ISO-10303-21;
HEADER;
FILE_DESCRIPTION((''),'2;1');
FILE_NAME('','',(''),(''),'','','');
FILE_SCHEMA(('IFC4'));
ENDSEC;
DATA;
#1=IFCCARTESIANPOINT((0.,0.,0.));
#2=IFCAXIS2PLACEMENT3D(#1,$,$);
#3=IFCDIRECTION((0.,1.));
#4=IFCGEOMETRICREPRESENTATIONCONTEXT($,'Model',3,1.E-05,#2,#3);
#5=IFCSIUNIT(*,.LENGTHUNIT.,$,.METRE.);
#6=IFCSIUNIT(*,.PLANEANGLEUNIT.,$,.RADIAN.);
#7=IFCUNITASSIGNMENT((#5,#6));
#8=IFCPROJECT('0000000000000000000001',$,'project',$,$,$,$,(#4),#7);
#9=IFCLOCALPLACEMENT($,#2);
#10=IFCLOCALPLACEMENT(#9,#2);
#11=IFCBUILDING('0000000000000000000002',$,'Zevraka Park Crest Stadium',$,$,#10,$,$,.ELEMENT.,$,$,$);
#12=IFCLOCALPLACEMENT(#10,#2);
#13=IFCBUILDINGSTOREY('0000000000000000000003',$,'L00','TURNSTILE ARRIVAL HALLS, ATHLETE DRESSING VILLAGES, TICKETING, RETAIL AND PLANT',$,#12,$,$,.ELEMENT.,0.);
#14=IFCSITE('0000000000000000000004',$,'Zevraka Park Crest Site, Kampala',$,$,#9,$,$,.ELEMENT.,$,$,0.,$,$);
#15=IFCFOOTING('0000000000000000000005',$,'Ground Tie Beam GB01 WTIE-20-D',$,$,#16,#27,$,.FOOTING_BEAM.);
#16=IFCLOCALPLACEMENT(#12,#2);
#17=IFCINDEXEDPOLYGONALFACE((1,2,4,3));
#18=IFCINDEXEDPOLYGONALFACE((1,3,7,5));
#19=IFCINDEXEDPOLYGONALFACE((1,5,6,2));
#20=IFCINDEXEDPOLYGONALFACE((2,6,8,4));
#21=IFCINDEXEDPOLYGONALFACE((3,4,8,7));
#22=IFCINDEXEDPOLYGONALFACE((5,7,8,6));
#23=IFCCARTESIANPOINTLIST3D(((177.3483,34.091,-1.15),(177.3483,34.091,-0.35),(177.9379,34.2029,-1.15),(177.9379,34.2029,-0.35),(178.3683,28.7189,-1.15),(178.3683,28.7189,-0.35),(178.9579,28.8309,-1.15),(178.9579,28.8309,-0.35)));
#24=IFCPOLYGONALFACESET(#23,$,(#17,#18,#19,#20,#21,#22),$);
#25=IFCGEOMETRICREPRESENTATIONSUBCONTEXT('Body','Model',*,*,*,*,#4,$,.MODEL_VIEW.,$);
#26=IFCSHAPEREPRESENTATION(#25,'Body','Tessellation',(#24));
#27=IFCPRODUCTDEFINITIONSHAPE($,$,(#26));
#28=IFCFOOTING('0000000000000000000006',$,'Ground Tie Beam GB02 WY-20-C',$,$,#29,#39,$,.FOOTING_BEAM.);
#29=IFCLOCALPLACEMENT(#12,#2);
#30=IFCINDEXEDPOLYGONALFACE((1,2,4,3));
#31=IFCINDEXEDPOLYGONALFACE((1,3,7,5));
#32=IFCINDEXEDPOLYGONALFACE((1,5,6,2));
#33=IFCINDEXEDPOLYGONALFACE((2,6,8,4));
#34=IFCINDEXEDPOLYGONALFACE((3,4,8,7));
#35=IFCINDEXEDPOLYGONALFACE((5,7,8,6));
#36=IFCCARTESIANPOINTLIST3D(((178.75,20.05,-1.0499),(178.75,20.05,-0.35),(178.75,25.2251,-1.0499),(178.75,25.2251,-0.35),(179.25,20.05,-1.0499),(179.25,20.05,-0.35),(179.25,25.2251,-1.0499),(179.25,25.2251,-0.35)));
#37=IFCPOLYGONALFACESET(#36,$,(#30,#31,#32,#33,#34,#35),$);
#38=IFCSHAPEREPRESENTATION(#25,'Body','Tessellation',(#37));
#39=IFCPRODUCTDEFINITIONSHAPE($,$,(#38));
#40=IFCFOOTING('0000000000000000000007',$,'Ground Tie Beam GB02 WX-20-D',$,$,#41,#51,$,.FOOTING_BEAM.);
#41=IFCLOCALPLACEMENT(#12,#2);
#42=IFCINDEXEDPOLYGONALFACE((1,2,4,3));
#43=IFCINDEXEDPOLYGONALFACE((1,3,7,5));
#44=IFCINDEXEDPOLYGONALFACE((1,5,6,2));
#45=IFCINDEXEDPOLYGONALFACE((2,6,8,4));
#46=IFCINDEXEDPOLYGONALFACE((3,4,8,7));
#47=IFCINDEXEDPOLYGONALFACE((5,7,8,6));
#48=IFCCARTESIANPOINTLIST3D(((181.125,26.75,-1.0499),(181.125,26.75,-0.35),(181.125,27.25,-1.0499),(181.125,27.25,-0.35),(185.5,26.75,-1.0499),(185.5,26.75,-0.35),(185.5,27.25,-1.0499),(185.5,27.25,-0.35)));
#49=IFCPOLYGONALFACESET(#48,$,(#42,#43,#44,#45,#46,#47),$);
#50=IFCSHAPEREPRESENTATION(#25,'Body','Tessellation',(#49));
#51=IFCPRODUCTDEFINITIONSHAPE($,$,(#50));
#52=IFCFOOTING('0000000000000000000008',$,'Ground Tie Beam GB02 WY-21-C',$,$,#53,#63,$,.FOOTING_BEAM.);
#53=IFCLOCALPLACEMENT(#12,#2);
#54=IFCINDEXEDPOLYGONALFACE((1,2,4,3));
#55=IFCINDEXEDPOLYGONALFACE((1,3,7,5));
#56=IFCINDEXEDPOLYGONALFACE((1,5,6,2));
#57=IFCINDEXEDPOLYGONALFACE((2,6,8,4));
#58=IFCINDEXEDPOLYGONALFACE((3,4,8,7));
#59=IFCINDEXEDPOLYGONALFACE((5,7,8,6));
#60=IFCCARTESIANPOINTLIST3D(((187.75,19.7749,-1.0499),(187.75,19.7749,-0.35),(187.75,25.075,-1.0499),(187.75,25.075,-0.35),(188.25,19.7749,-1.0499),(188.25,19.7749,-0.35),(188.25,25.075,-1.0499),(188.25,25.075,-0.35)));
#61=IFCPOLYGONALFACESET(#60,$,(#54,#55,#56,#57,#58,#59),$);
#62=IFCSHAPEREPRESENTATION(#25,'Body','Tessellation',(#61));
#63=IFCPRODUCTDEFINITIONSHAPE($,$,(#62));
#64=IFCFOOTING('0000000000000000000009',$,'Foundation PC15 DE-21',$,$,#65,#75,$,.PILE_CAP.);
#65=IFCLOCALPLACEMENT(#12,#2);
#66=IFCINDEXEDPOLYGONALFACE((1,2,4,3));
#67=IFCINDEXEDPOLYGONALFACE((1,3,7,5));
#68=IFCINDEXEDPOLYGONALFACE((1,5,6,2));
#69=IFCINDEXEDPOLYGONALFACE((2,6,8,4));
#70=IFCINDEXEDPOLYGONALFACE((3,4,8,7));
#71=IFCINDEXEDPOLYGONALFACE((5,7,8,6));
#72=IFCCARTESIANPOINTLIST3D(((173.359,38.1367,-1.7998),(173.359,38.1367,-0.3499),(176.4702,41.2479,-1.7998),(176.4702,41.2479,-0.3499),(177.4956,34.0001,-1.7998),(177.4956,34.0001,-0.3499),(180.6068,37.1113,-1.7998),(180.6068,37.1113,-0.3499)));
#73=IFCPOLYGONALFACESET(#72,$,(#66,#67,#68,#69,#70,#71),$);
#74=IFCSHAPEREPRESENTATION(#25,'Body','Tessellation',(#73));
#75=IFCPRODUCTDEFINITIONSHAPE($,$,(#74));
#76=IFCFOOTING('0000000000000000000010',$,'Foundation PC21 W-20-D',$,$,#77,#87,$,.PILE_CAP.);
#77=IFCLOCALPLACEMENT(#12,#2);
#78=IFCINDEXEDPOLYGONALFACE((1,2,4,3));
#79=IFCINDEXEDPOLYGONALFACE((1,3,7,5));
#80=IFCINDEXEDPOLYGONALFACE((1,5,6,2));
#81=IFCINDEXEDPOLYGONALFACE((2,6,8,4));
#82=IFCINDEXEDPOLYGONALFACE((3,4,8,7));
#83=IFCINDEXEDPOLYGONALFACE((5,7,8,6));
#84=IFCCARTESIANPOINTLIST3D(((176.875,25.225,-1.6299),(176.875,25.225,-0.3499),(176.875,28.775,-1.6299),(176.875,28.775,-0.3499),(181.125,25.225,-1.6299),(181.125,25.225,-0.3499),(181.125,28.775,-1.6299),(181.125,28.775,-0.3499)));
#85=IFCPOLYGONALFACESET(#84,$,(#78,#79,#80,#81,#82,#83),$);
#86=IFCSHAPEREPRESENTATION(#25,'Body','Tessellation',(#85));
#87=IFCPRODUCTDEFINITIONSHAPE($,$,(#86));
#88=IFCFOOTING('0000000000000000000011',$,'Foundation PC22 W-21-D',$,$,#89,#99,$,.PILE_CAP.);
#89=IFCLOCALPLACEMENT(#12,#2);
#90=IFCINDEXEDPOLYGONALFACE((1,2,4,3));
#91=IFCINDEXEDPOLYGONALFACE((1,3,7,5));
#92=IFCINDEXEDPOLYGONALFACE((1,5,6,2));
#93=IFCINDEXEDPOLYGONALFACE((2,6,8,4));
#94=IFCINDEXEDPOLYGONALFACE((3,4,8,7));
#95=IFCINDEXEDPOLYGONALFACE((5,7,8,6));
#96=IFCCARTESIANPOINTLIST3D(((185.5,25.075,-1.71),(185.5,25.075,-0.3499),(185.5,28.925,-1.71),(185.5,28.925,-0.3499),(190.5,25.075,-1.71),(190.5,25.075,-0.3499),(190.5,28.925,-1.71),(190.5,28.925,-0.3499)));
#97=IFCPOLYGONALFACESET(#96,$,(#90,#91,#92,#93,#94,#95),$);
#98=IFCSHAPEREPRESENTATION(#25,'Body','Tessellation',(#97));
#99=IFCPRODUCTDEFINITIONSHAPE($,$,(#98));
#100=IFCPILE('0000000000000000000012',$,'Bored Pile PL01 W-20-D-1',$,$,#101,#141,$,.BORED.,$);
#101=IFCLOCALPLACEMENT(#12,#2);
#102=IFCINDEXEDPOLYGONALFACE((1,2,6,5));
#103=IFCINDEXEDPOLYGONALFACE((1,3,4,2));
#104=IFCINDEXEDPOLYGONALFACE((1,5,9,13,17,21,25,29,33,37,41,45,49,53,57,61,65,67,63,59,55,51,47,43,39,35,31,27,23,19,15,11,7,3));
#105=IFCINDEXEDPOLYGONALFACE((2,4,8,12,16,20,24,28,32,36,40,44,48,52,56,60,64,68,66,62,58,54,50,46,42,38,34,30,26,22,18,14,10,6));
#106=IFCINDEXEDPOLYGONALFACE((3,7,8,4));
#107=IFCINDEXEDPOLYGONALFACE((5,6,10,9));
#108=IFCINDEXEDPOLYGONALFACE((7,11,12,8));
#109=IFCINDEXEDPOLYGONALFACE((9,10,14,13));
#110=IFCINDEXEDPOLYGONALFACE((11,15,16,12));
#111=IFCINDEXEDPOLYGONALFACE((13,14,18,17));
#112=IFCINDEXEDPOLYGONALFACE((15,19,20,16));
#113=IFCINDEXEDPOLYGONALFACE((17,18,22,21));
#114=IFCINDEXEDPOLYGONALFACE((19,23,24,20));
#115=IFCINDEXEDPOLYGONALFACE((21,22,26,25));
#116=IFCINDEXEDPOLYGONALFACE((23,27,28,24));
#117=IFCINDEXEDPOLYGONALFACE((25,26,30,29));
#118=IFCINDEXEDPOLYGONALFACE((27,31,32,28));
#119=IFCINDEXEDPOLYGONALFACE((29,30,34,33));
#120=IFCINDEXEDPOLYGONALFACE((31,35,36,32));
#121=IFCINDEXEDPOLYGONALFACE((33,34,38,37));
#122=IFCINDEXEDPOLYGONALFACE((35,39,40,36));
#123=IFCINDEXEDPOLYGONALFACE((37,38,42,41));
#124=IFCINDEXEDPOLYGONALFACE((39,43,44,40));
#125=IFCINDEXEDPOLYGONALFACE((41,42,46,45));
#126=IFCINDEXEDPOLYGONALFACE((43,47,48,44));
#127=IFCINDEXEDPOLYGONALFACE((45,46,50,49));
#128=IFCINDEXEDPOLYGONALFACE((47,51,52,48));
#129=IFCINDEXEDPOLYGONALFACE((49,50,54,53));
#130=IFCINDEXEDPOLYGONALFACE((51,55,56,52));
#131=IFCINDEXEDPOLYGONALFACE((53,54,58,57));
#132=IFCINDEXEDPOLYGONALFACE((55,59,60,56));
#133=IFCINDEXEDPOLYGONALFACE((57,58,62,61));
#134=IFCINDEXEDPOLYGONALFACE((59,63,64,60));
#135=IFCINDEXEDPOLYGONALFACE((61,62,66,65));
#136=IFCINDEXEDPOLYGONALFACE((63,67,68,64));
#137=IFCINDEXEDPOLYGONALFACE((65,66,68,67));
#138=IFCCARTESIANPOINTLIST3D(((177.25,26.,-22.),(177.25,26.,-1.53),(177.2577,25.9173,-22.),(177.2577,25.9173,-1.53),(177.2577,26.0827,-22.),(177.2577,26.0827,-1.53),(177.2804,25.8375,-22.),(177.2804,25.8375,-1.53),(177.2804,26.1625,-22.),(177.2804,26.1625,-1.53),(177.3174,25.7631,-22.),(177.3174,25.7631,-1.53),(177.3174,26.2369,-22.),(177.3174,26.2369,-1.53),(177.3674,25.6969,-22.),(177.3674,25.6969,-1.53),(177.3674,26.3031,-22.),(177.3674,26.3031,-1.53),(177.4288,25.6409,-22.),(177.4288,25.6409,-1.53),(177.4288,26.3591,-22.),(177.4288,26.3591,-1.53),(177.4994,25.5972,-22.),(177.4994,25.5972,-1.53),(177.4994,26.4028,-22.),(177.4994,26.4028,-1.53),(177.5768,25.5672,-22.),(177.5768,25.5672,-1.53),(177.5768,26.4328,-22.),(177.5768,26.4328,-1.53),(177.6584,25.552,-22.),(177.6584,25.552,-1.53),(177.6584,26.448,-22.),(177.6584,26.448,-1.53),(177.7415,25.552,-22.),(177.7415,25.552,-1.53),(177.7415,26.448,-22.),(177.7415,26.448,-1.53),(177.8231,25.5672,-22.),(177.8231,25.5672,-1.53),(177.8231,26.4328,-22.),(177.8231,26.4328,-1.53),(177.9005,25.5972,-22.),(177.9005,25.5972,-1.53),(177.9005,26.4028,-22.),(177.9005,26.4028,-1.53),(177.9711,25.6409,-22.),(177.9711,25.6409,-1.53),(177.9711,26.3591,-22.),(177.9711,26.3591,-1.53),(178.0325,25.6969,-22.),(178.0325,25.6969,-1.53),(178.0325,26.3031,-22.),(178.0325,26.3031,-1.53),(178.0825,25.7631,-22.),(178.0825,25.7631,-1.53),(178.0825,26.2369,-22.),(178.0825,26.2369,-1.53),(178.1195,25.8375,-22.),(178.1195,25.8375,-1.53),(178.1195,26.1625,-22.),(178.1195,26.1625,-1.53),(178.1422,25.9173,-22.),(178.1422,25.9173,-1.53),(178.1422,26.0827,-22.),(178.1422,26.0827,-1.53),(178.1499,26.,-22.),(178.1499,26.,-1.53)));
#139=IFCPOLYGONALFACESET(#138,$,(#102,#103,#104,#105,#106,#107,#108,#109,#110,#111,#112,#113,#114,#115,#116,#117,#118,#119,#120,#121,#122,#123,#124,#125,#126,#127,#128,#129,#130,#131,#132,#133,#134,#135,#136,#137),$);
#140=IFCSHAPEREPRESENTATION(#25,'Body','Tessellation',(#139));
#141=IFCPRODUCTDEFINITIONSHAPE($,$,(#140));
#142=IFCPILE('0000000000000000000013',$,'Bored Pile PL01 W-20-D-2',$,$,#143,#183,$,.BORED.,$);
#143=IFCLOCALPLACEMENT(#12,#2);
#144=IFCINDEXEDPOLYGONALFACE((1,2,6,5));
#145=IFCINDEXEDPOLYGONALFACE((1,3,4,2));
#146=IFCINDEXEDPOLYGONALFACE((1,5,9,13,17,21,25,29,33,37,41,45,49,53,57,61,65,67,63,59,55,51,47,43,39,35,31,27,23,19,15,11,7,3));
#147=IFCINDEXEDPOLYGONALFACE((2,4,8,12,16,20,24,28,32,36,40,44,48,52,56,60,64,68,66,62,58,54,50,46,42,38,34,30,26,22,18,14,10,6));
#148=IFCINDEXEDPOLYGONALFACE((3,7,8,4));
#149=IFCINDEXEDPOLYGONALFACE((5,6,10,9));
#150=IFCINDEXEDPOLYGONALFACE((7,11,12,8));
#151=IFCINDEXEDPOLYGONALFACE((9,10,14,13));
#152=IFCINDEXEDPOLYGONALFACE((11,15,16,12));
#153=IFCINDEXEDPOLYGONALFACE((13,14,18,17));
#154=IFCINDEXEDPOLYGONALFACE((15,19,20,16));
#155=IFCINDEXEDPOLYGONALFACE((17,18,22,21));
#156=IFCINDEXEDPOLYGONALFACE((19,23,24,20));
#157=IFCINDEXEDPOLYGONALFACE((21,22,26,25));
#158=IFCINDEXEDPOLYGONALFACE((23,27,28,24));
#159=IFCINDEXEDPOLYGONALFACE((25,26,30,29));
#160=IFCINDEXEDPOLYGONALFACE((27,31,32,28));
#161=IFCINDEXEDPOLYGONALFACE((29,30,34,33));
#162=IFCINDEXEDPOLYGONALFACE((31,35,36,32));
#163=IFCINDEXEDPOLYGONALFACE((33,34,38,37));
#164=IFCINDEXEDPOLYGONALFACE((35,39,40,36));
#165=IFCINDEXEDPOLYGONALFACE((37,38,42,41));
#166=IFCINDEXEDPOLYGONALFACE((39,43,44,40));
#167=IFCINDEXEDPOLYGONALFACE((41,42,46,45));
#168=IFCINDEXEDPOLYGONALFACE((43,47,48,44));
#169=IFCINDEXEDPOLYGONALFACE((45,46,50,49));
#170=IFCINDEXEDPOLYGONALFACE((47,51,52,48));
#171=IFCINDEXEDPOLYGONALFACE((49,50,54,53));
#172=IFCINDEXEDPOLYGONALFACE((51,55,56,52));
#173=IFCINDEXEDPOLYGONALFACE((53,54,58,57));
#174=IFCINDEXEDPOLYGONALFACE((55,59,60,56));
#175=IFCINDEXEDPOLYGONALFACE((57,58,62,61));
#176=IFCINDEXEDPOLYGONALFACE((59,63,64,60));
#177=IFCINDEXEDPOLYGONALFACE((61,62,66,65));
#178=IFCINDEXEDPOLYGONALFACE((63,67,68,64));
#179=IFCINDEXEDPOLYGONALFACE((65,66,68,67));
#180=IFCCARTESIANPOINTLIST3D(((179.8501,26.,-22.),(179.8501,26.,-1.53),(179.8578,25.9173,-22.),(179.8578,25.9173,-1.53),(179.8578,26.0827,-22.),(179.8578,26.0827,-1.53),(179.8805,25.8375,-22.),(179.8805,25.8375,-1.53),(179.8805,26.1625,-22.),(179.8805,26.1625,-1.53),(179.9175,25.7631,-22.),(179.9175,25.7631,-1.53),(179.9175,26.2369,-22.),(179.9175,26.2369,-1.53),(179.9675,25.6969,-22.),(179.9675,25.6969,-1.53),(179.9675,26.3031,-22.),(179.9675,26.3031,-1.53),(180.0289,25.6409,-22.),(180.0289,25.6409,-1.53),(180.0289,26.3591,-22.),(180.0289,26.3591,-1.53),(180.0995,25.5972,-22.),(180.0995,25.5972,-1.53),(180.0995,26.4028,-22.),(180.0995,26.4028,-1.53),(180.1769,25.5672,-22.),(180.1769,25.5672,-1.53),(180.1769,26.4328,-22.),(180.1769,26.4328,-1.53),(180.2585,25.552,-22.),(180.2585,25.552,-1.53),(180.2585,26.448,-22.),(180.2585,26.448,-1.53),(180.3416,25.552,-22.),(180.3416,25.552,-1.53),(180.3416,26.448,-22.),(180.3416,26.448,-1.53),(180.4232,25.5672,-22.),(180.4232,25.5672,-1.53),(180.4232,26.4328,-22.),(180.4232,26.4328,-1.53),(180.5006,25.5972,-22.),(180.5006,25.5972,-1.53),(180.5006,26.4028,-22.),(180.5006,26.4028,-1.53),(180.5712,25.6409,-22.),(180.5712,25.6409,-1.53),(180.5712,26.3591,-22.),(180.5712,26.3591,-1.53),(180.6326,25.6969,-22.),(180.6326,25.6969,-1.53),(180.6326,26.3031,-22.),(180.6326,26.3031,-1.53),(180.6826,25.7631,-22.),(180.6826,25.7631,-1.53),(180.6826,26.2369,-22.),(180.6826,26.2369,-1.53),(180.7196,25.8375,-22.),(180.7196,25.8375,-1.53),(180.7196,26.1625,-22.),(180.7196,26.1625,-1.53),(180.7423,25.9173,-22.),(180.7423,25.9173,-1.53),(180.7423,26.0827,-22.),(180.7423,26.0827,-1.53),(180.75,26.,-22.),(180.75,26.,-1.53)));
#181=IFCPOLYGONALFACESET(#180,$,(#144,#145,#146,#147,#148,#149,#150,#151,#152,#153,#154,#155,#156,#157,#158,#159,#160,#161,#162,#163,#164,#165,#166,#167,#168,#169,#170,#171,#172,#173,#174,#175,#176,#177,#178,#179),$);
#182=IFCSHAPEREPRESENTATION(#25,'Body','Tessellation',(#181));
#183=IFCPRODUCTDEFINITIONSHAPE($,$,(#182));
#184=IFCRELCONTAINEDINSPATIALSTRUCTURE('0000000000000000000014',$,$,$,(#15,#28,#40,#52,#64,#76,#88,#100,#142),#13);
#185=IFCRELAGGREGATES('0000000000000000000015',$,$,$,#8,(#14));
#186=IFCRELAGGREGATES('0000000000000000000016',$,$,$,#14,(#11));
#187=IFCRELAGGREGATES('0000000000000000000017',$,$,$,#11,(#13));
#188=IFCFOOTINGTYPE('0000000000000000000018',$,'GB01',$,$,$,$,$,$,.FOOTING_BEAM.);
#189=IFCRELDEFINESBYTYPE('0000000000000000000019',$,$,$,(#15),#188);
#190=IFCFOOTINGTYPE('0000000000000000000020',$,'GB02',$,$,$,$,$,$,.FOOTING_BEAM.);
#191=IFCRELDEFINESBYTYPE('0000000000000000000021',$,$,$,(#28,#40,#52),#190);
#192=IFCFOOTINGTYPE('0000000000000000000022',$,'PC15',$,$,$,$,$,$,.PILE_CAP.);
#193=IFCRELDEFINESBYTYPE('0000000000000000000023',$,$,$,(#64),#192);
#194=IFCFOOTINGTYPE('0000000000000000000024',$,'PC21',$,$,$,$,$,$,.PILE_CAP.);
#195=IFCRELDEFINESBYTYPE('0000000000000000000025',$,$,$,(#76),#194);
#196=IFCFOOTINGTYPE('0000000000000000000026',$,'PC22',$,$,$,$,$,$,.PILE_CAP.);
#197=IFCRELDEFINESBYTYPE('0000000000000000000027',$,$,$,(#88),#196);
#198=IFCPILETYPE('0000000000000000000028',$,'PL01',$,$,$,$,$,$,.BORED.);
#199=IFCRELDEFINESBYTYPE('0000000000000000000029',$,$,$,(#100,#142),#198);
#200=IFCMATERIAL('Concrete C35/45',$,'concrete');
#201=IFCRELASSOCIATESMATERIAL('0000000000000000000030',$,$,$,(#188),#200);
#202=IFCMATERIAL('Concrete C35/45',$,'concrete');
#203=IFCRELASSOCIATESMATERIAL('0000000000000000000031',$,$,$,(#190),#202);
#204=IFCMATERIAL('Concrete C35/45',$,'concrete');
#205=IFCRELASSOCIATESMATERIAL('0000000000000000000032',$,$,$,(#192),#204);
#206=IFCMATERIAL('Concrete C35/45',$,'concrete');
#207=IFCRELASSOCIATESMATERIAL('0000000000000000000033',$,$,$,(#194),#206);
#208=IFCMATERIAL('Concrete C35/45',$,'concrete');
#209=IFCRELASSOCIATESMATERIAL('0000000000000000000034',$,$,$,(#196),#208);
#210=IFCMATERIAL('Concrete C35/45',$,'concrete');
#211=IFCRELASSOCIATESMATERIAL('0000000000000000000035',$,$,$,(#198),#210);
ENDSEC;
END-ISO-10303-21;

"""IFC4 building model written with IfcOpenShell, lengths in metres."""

from ifc_helpers import new_model, si_unit, direction, frame, origin, origin_2d, place, context, subcontext, project, spatial, rectangle, circle, extrude, material, material_profile, profile_set, type_object, element, save


model = new_model("IFC4")

# Units and contexts
model_context = context("Model", 3, precision=1e-05, world=origin(), true_north=direction((0.0, 1.0)))
body_context = subcontext(model_context, "Body", "Model", "MODEL_VIEW")
ifc_project = project(units=[si_unit("LENGTHUNIT", "METRE"), si_unit("PLANEANGLEUNIT", "RADIAN")], contexts=[model_context])

# Site, building, storey
site_placement = place(None, origin())
site = spatial("IfcSite", under=ifc_project, at=site_placement, Name="Zevraka Park Crest Site, Kampala", CompositionType="ELEMENT", RefElevation=0.0)
building_placement = place(site_placement, origin())
building = spatial("IfcBuilding", under=site, at=building_placement, Name="Zevraka Park Crest Stadium", CompositionType="ELEMENT")
storey_placement = place(building_placement, origin())
storey = spatial("IfcBuildingStorey", under=building, at=storey_placement, Name="L00", Description="TURNSTILE ARRIVAL HALLS, ATHLETE DRESSING VILLAGES, TICKETING, RETAIL AND PLANT", CompositionType="ELEMENT", Elevation=0.0)

# Footings
ifc_material_1 = material(Name="Concrete C35/45", Category="concrete")
ifc_material_profile_1 = material_profile(ifc_material_1, rectangle(XDim=0.6001, YDim=0.8, at=origin_2d()), Name="GB 800x600")
ifc_profile_set_1 = profile_set([ifc_material_profile_1], Name="Concrete C35/45")
footing_type_1 = type_object("IfcFootingType", Name="GB01", PredefinedType="FOOTING_BEAM", material=ifc_profile_set_1)
footing_1_placement = place(storey_placement, frame((178.6631, 28.7749, -0.75), z_axis=(-0.186542, 0.982447, 0.0), x_axis=(-0.982447, -0.186542, 0.0)))
element("IfcFooting", 1, at=footing_1_placement, inside=storey, type_object=footing_type_1, Name="Ground Tie Beam GB01 WTIE-20-D", PredefinedType="FOOTING_BEAM", context=body_context, shape_type="SweptSolid", body=[
    extrude(rectangle(XDim=0.6001, YDim=0.8, at=origin_2d()), origin(), (0.0, 0.0, 1.0), 5.468),
])
ifc_material_2 = material(Name="Concrete C35/45", Category="concrete")
ifc_material_profile_2 = material_profile(ifc_material_2, rectangle(XDim=0.5, YDim=0.7, at=origin_2d()), Name="GB 700x500")
ifc_profile_set_2 = profile_set([ifc_material_profile_2], Name="Concrete C35/45")
footing_type_2 = type_object("IfcFootingType", Name="GB02", PredefinedType="FOOTING_BEAM", material=ifc_profile_set_2)
footing_2_placement = place(storey_placement, frame((179.0, 20.05, -0.7), z_axis=(0.0, 1.0, 0.0), x_axis=(-1.0, 0.0, 0.0)))
element("IfcFooting", 2, at=footing_2_placement, inside=storey, type_object=footing_type_2, Name="Ground Tie Beam GB02 WY-20-C", PredefinedType="FOOTING_BEAM", context=body_context, shape_type="SweptSolid", body=[
    extrude(rectangle(XDim=0.5, YDim=0.7, at=origin_2d()), origin(), (0.0, 0.0, 1.0), 5.175),
])
footing_3_placement = place(storey_placement, frame((181.125, 27.0, -0.7), z_axis=(1.0, 0.0, 0.0), x_axis=(0.0, 1.0, 0.0)))
element("IfcFooting", 3, at=footing_3_placement, inside=storey, type_object=footing_type_2, Name="Ground Tie Beam GB02 WX-20-D", PredefinedType="FOOTING_BEAM", context=body_context, shape_type="SweptSolid", body=[
    extrude(rectangle(XDim=0.5, YDim=0.7, at=origin_2d()), origin(), (0.0, 0.0, 1.0), 4.375),
])
footing_4_placement = place(storey_placement, frame((188.0, 19.7749, -0.7), z_axis=(0.0, 1.0, 0.0), x_axis=(-1.0, 0.0, 0.0)))
element("IfcFooting", 4, at=footing_4_placement, inside=storey, type_object=footing_type_2, Name="Ground Tie Beam GB02 WY-21-C", PredefinedType="FOOTING_BEAM", context=body_context, shape_type="SweptSolid", body=[
    extrude(rectangle(XDim=0.5, YDim=0.7, at=origin_2d()), origin(), (0.0, 0.0, 1.0), 5.3),
])
ifc_material_3 = material(Name="Concrete C35/45", Category="concrete")
footing_type_3 = type_object("IfcFootingType", Name="PC15", PredefinedType="PILE_CAP", material=ifc_material_3)
footing_5_placement = place(storey_placement, frame((176.9829, 37.624, -1.7998), z_axis=(0.0, 0.0, 1.0), x_axis=(-0.707107, 0.707107, 0.0)))
element("IfcFooting", 5, at=footing_5_placement, inside=storey, type_object=footing_type_3, Name="Foundation PC15 DE-21", PredefinedType="PILE_CAP", context=body_context, shape_type="SweptSolid", body=[
    extrude(rectangle(XDim=5.8501, YDim=4.3999, at=origin_2d()), origin(), (0.0, 0.0, 1.0), 1.45),
])
ifc_material_4 = material(Name="Concrete C35/45", Category="concrete")
footing_type_4 = type_object("IfcFootingType", Name="PC21", PredefinedType="PILE_CAP", material=ifc_material_4)
footing_6_placement = place(storey_placement, frame((179.0, 27.0, -1.6299), z_axis=(0.0, 0.0, 1.0), x_axis=(1.0, 0.0, 0.0)))
element("IfcFooting", 6, at=footing_6_placement, inside=storey, type_object=footing_type_4, Name="Foundation PC21 W-20-D", PredefinedType="PILE_CAP", context=body_context, shape_type="SweptSolid", body=[
    extrude(rectangle(XDim=4.25, YDim=3.55, at=origin_2d()), origin(), (0.0, 0.0, 1.0), 1.28),
])
ifc_material_5 = material(Name="Concrete C35/45", Category="concrete")
footing_type_5 = type_object("IfcFootingType", Name="PC22", PredefinedType="PILE_CAP", material=ifc_material_5)
footing_7_placement = place(storey_placement, frame((188.0, 27.0, -1.71), z_axis=(0.0, 0.0, 1.0), x_axis=(1.0, 0.0, 0.0)))
element("IfcFooting", 7, at=footing_7_placement, inside=storey, type_object=footing_type_5, Name="Foundation PC22 W-21-D", PredefinedType="PILE_CAP", context=body_context, shape_type="SweptSolid", body=[
    extrude(rectangle(XDim=5.0, YDim=3.8501, at=origin_2d()), origin(), (0.0, 0.0, 1.0), 1.3601),
])

# Piles
ifc_material_6 = material(Name="Concrete C35/45", Category="concrete")
ifc_material_profile_3 = material_profile(ifc_material_6, circle(Radius=0.45, at=origin_2d()), Name="PILE D900")
ifc_profile_set_3 = profile_set([ifc_material_profile_3], Name="Concrete C35/45")
pile_type_1 = type_object("IfcPileType", Name="PL01", PredefinedType="BORED", material=ifc_profile_set_3)
for number, where, z_axis, x_axis, name in (
    (8, (177.7, 26.0, -1.53), (0.0, 0.0, -1.0), (1.0, 0.0, 0.0), "Bored Pile PL01 W-20-D-1"),
    (9, (180.3, 26.0, -1.53), (0.0, 0.0, -1.0), (1.0, 0.0, 0.0), "Bored Pile PL01 W-20-D-2"),
):
    element("IfcPile", number, at=place(storey_placement, frame(where, z_axis=z_axis, x_axis=x_axis)), inside=storey, type_object=pile_type_1, Name=name, PredefinedType="BORED", context=body_context, shape_type="SweptSolid", body=[
        extrude(circle(Radius=0.45, at=origin_2d()), origin(), (0.0, 0.0, 1.0), 20.47),
    ])

save(model, "model.ifc")
